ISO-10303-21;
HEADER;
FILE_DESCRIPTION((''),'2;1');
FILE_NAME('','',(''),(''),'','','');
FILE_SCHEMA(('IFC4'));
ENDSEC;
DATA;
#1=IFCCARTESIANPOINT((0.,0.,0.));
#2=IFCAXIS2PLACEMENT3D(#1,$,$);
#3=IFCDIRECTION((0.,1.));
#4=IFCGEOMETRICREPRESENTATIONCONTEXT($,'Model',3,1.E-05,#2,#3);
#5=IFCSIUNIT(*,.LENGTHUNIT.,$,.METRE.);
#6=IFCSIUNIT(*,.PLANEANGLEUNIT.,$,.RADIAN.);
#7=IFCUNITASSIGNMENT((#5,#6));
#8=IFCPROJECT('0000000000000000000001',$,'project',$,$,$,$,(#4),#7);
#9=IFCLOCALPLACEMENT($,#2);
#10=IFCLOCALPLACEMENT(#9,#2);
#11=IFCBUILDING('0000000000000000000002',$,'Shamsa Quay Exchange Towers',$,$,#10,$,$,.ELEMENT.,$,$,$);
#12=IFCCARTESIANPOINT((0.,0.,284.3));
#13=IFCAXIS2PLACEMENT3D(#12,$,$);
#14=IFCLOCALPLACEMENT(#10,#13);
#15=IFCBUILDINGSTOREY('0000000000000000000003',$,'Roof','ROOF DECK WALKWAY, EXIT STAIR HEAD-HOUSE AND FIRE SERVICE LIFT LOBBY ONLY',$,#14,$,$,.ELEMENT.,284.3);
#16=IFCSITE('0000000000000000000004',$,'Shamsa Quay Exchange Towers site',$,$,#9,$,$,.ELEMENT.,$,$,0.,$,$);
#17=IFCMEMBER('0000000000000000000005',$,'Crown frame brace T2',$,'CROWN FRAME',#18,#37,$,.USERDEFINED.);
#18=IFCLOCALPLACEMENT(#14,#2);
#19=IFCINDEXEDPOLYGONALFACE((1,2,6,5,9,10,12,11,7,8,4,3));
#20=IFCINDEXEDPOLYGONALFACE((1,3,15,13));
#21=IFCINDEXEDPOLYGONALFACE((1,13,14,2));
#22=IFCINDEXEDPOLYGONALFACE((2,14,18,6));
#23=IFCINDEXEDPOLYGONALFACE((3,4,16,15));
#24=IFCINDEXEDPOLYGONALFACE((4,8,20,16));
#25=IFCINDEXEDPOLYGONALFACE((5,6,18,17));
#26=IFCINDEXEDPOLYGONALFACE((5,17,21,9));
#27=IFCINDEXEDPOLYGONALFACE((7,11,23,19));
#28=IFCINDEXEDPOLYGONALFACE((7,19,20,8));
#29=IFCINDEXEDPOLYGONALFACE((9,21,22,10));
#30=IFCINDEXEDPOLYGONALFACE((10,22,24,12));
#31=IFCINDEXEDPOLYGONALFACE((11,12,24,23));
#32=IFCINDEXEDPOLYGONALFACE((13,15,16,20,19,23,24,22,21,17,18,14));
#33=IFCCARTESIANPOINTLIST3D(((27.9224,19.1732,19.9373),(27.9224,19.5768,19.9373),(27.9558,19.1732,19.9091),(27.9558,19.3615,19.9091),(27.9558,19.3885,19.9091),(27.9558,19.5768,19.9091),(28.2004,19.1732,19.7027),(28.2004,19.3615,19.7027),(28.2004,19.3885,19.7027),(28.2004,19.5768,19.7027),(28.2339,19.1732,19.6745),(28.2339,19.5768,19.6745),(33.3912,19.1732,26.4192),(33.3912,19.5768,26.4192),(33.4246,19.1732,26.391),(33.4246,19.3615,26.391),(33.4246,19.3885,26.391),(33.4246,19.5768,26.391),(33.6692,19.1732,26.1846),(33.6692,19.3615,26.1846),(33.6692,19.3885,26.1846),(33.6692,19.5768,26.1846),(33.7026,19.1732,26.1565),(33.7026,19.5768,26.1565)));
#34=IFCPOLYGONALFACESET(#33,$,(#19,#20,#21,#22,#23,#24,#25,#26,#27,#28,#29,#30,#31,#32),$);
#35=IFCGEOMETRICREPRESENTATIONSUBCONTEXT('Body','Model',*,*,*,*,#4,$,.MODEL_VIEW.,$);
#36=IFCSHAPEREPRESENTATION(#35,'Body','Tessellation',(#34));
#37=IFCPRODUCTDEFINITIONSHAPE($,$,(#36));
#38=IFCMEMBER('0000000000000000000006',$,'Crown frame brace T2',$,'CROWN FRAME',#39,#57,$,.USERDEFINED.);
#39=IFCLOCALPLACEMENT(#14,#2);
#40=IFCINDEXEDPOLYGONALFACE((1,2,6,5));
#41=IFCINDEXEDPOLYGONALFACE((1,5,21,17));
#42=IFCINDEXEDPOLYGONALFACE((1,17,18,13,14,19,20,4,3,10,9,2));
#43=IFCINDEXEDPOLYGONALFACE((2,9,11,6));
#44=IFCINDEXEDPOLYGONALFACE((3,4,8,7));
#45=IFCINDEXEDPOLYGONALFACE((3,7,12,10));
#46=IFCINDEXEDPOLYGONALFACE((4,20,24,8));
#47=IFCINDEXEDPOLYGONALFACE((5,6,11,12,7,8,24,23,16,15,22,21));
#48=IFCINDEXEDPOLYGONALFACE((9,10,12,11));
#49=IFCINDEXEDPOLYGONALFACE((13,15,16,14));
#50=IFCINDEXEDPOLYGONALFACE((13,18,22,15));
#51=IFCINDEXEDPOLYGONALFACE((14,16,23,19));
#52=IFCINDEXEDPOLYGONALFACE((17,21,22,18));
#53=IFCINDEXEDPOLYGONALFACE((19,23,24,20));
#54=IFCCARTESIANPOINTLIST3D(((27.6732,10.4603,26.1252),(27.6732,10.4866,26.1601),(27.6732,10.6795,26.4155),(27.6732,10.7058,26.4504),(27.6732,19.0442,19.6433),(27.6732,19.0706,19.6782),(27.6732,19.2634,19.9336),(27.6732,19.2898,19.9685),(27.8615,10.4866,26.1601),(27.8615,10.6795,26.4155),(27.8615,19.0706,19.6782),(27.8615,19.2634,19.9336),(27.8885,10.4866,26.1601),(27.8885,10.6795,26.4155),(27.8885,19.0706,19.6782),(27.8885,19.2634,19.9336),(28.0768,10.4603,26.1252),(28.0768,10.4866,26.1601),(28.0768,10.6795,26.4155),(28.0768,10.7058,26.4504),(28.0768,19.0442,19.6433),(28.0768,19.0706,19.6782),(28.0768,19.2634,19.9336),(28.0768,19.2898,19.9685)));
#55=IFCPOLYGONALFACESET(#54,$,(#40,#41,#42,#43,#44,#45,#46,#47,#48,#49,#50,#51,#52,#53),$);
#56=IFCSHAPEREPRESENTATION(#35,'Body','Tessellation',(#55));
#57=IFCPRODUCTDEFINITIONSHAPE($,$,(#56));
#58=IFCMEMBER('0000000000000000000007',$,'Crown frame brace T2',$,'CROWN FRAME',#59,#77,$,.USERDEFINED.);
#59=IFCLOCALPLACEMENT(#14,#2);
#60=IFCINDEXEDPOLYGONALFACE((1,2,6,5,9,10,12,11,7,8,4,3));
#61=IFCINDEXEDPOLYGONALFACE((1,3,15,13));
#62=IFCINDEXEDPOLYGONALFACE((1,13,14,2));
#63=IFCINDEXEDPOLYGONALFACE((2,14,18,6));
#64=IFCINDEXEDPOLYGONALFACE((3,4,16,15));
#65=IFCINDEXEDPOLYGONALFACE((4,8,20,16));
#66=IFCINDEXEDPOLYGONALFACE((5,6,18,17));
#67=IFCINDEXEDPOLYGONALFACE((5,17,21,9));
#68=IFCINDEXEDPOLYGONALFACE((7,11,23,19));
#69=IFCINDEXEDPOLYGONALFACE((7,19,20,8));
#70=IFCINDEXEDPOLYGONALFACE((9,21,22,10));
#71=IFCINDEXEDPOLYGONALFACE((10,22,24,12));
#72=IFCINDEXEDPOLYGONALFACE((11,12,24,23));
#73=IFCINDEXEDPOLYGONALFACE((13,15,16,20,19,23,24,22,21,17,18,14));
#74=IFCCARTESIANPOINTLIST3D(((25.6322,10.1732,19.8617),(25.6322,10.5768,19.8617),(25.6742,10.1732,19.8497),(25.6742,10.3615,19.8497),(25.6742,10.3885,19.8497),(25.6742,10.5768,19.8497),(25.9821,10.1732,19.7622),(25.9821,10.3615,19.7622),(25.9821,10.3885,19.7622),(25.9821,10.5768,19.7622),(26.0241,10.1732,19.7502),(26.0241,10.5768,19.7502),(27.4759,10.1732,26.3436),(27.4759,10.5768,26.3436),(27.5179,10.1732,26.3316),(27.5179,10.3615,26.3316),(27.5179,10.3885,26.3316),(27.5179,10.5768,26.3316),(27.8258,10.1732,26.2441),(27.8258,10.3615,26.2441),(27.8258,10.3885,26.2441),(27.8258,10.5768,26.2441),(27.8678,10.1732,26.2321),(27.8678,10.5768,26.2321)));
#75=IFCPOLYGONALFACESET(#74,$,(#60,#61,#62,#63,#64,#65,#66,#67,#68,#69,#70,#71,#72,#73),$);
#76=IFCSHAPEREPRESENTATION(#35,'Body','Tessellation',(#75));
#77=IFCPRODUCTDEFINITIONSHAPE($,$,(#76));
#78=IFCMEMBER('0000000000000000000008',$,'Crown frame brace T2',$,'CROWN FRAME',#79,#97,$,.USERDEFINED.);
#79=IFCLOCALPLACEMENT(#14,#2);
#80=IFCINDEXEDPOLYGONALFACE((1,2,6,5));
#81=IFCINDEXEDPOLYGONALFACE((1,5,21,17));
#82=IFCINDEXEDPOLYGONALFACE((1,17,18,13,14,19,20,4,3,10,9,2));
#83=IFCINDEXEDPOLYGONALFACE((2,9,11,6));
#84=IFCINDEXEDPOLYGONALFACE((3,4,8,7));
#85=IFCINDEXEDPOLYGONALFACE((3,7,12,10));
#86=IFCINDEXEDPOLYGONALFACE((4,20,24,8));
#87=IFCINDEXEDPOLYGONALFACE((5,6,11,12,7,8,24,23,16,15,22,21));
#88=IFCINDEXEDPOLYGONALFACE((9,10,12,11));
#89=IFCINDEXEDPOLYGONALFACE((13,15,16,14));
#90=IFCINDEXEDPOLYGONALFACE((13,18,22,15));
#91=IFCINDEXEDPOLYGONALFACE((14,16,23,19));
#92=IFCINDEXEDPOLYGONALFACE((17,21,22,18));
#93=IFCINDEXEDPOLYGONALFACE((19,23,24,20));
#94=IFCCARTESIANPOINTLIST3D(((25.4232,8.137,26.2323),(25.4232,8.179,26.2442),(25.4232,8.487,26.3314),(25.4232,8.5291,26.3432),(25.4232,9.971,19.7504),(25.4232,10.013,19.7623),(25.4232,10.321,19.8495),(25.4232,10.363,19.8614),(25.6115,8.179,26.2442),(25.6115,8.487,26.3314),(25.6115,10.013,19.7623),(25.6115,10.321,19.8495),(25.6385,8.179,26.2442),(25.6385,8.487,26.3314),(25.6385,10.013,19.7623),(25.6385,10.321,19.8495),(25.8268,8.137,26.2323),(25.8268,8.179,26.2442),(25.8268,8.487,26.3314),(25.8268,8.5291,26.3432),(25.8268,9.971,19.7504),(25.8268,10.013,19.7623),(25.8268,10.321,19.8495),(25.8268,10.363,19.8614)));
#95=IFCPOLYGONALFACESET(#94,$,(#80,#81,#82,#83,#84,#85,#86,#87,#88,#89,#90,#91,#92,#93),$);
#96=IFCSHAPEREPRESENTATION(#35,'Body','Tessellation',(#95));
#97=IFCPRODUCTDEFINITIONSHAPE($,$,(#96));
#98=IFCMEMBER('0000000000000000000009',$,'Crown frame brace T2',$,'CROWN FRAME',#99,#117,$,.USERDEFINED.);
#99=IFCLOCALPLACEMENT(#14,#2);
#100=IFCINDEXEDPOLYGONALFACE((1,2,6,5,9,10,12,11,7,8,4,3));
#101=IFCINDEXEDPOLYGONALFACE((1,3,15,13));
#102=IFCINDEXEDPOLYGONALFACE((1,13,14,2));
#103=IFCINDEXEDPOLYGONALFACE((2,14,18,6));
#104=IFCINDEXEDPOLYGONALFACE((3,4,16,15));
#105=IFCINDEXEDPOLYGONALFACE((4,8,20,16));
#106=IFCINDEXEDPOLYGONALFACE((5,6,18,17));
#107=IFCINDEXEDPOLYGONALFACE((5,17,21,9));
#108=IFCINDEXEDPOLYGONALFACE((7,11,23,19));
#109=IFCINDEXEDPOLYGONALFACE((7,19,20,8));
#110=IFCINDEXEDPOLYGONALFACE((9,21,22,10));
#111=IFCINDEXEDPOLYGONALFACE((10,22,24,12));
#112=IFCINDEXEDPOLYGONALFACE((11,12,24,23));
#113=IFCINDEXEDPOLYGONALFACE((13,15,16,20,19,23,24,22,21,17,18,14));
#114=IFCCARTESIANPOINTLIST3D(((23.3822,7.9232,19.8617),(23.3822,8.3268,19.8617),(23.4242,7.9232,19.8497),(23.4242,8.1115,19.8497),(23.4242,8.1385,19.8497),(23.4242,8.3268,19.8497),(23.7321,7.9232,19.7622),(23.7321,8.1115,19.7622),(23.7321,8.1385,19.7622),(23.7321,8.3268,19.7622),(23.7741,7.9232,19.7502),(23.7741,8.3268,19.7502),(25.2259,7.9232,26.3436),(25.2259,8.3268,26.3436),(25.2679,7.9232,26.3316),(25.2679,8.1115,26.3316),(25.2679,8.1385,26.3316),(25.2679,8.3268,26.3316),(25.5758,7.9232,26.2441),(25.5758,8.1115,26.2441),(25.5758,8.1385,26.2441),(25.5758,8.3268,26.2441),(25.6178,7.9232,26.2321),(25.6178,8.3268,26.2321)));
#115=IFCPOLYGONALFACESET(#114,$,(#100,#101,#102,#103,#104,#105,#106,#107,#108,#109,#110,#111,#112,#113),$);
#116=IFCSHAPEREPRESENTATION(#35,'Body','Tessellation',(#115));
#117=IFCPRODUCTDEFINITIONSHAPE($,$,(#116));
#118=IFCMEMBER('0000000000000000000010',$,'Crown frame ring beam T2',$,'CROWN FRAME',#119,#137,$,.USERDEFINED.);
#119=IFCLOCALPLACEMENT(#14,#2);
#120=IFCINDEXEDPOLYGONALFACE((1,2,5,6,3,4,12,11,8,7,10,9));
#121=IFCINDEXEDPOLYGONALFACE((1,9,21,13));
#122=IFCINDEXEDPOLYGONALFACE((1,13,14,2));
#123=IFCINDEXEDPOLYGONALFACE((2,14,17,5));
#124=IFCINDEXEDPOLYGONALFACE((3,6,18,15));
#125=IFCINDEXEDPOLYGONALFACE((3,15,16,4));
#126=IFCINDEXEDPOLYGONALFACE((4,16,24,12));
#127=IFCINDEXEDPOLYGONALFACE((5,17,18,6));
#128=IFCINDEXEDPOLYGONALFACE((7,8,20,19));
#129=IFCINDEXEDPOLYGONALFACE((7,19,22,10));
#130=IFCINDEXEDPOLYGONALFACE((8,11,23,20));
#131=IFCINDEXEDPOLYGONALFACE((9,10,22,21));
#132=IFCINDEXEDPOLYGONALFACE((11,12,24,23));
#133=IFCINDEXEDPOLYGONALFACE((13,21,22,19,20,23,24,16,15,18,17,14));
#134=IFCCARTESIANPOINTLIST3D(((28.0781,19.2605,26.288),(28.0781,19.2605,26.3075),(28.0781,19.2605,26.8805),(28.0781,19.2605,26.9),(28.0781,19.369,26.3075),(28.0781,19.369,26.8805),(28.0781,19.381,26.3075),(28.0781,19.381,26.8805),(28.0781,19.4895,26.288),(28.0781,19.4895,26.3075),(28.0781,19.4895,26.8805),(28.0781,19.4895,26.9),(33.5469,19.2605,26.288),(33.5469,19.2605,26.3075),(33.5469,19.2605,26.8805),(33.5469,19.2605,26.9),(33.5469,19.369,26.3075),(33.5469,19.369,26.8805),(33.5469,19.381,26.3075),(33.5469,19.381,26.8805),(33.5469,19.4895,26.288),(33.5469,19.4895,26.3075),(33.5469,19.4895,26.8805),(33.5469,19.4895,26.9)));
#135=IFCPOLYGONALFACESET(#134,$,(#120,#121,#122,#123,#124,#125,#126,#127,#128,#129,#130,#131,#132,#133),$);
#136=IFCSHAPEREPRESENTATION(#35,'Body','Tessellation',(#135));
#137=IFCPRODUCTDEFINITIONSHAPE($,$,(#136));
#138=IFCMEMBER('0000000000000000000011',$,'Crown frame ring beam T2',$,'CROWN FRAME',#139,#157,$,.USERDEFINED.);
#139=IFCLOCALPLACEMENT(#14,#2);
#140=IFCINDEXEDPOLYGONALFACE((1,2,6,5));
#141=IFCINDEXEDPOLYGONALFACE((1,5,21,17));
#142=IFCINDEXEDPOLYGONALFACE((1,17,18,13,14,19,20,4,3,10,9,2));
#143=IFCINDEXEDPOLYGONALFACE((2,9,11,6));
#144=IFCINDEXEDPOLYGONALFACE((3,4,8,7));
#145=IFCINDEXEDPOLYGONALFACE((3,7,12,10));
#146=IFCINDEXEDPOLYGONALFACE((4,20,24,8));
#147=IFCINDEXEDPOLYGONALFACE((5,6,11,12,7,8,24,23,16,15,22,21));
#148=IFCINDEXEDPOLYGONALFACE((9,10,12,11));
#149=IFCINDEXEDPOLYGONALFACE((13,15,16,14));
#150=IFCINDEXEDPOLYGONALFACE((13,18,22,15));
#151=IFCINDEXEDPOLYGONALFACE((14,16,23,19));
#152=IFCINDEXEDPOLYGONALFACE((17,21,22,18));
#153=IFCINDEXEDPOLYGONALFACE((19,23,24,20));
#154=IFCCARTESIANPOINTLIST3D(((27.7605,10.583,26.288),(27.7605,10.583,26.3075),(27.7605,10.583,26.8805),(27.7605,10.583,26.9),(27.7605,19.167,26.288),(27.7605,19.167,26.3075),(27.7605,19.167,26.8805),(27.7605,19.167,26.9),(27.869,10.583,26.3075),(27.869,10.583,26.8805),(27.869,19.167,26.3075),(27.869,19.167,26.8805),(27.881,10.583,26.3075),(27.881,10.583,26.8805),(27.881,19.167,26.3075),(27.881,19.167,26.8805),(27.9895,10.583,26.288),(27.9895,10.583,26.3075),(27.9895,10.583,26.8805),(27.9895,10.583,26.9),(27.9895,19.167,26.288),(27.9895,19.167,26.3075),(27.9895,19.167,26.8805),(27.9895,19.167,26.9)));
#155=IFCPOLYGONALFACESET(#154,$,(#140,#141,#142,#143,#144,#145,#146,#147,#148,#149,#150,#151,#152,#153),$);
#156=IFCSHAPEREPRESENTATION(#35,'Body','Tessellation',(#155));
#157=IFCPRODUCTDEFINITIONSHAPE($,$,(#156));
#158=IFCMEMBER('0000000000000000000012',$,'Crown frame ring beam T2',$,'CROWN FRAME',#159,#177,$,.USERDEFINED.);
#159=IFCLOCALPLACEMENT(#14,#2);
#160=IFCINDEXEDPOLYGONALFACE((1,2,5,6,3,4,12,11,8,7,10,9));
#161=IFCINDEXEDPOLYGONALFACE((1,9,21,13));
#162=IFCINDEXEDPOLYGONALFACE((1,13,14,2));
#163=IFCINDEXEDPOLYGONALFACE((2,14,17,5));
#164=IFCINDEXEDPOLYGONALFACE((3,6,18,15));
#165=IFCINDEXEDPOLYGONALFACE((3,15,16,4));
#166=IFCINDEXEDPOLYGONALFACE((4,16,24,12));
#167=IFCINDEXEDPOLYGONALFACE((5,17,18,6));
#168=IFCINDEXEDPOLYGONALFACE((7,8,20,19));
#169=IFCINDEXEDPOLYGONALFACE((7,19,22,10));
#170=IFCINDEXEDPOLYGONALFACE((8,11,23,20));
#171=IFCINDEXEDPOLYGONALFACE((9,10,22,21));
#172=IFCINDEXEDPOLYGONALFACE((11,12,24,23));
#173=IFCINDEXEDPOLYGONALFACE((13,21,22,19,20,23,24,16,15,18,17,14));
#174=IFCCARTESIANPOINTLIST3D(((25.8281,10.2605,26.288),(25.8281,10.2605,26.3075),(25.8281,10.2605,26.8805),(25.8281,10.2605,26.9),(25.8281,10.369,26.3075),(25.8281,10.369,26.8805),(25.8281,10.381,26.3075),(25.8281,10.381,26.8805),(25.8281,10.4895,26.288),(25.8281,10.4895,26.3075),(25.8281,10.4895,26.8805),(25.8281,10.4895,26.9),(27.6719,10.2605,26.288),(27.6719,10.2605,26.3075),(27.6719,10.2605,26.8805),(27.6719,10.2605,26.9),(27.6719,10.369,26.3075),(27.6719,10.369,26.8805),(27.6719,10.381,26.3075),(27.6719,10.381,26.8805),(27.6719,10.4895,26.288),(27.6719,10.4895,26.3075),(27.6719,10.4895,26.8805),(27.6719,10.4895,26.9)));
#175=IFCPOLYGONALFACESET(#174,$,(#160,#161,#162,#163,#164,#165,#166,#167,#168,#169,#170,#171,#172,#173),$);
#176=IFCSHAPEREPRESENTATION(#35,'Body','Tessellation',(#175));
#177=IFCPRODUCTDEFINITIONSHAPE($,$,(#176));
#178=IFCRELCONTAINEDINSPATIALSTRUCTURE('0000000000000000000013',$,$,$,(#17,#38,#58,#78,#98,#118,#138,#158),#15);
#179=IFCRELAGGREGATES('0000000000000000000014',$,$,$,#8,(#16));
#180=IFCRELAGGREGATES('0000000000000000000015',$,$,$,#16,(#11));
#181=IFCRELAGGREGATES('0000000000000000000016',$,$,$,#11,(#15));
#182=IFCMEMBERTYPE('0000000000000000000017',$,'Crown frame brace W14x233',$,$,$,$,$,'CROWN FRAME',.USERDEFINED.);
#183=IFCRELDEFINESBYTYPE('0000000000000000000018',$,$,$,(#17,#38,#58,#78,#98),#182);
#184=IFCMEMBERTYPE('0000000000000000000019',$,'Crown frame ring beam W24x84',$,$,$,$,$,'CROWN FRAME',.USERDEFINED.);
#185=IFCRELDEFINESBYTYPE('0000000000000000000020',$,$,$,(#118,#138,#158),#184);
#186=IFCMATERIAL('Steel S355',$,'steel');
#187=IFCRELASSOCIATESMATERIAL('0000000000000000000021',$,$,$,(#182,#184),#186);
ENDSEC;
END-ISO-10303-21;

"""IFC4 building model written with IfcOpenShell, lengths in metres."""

from ifc_helpers import new_model, si_unit, direction, frame, origin, origin_2d, place, context, subcontext, project, spatial, i_section, extrude, material, material_profile, profile_set, type_object, element, save


model = new_model("IFC4")

# Units and contexts
model_context = context("Model", 3, precision=1e-05, world=origin(), true_north=direction((0.0, 1.0)))
body_context = subcontext(model_context, "Body", "Model", "MODEL_VIEW")
ifc_project = project(units=[si_unit("LENGTHUNIT", "METRE"), si_unit("PLANEANGLEUNIT", "RADIAN")], contexts=[model_context])

# Site, building, storey
site_placement = place(None, origin())
site = spatial("IfcSite", under=ifc_project, at=site_placement, Name="Shamsa Quay Exchange Towers site", CompositionType="ELEMENT", RefElevation=0.0)
building_placement = place(site_placement, origin())
building = spatial("IfcBuilding", under=site, at=building_placement, Name="Shamsa Quay Exchange Towers", CompositionType="ELEMENT")
storey_placement = place(building_placement, frame((0.0, 0.0, 284.3)))
storey = spatial("IfcBuildingStorey", under=building, at=storey_placement, Name="Roof", Description="ROOF DECK WALKWAY, EXIT STAIR HEAD-HOUSE AND FIRE SERVICE LIFT LOBBY ONLY", CompositionType="ELEMENT", Elevation=284.3)

# Members
ifc_material_1 = material(Name="Steel S355", Category="steel")
ifc_material_profile_1 = material_profile(ifc_material_1, i_section(OverallWidth=0.4036, OverallDepth=0.4075, WebThickness=0.0271, FlangeThickness=0.0437, at=origin_2d()), Name="W14x233")
ifc_profile_set_1 = profile_set([ifc_material_profile_1], Name="Steel S355")
member_type_1 = type_object("IfcMemberType", Name="Crown frame brace W14x233", ElementType="CROWN FRAME", PredefinedType="USERDEFINED", material=ifc_profile_set_1)
member_1_placement = place(storey_placement, frame((33.5469, 19.375, 26.2878), z_axis=(-0.644845, 0.0, -0.764314), x_axis=(0.0, -1.0, 0.0)))
element("IfcMember", 1, at=member_1_placement, inside=storey, type_object=member_type_1, Name="Crown frame brace T2", ObjectType="CROWN FRAME", PredefinedType="USERDEFINED", context=body_context, shape_type="SweptSolid", body=[
    extrude(i_section(OverallWidth=0.4036, OverallDepth=0.4075, WebThickness=0.0271, FlangeThickness=0.0437, at=origin_2d()), origin(), (0.0, 0.0, 1.0), 8.4807),
])
member_2_placement = place(storey_placement, frame((27.875, 19.167, 19.8059), z_axis=(0.0, -0.798035, 0.602612), x_axis=(1.0, 0.0, 0.0)))
element("IfcMember", 2, at=member_2_placement, inside=storey, type_object=member_type_1, Name="Crown frame brace T2", ObjectType="CROWN FRAME", PredefinedType="USERDEFINED", context=body_context, shape_type="SweptSolid", body=[
    extrude(i_section(OverallWidth=0.4036, OverallDepth=0.4075, WebThickness=0.0271, FlangeThickness=0.0437, at=origin_2d()), origin(), (0.0, 0.0, 1.0), 10.7563),
])
member_3_placement = place(storey_placement, frame((27.6719, 10.375, 26.2878), z_axis=(-0.273592, 0.0, -0.961846), x_axis=(0.0, -1.0, 0.0)))
element("IfcMember", 3, at=member_3_placement, inside=storey, type_object=member_type_1, Name="Crown frame brace T2", ObjectType="CROWN FRAME", PredefinedType="USERDEFINED", context=body_context, shape_type="SweptSolid", body=[
    extrude(i_section(OverallWidth=0.4036, OverallDepth=0.4075, WebThickness=0.0271, FlangeThickness=0.0437, at=origin_2d()), origin(), (0.0, 0.0, 1.0), 6.739),
])
member_4_placement = place(storey_placement, frame((25.625, 10.167, 19.8059), z_axis=(0.0, -0.27225, 0.962226), x_axis=(1.0, 0.0, 0.0)))
element("IfcMember", 4, at=member_4_placement, inside=storey, type_object=member_type_1, Name="Crown frame brace T2", ObjectType="CROWN FRAME", PredefinedType="USERDEFINED", context=body_context, shape_type="SweptSolid", body=[
    extrude(i_section(OverallWidth=0.4036, OverallDepth=0.4075, WebThickness=0.0271, FlangeThickness=0.0437, at=origin_2d()), origin(), (0.0, 0.0, 1.0), 6.7363),
])
member_5_placement = place(storey_placement, frame((25.4219, 8.125, 26.2878), z_axis=(-0.273592, 0.0, -0.961846), x_axis=(0.0, -1.0, 0.0)))
element("IfcMember", 5, at=member_5_placement, inside=storey, type_object=member_type_1, Name="Crown frame brace T2", ObjectType="CROWN FRAME", PredefinedType="USERDEFINED", context=body_context, shape_type="SweptSolid", body=[
    extrude(i_section(OverallWidth=0.4036, OverallDepth=0.4075, WebThickness=0.0271, FlangeThickness=0.0437, at=origin_2d()), origin(), (0.0, 0.0, 1.0), 6.739),
])
ifc_material_profile_2 = material_profile(ifc_material_1, i_section(OverallWidth=0.229, OverallDepth=0.6121, WebThickness=0.012, FlangeThickness=0.0195, at=origin_2d()), Name="W24x84")
ifc_profile_set_2 = profile_set([ifc_material_profile_2], Name="Steel S355")
member_type_2 = type_object("IfcMemberType", Name="Crown frame ring beam W24x84", ElementType="CROWN FRAME", PredefinedType="USERDEFINED", material=ifc_profile_set_2)
member_6_placement = place(storey_placement, frame((33.5469, 19.375, 26.594), z_axis=(-1.0, 0.0, 0.0), x_axis=(0.0, -1.0, 0.0)))
element("IfcMember", 6, at=member_6_placement, inside=storey, type_object=member_type_2, Name="Crown frame ring beam T2", ObjectType="CROWN FRAME", PredefinedType="USERDEFINED", context=body_context, shape_type="SweptSolid", body=[
    extrude(i_section(OverallWidth=0.229, OverallDepth=0.6121, WebThickness=0.012, FlangeThickness=0.0195, at=origin_2d()), origin(), (0.0, 0.0, 1.0), 5.4688),
])
member_7_placement = place(storey_placement, frame((27.875, 19.167, 26.594), z_axis=(0.0, -1.0, 0.0), x_axis=(1.0, 0.0, 0.0)))
element("IfcMember", 7, at=member_7_placement, inside=storey, type_object=member_type_2, Name="Crown frame ring beam T2", ObjectType="CROWN FRAME", PredefinedType="USERDEFINED", context=body_context, shape_type="SweptSolid", body=[
    extrude(i_section(OverallWidth=0.229, OverallDepth=0.6121, WebThickness=0.012, FlangeThickness=0.0195, at=origin_2d()), origin(), (0.0, 0.0, 1.0), 8.584),
])
member_8_placement = place(storey_placement, frame((27.6719, 10.375, 26.594), z_axis=(-1.0, 0.0, 0.0), x_axis=(0.0, -1.0, 0.0)))
element("IfcMember", 8, at=member_8_placement, inside=storey, type_object=member_type_2, Name="Crown frame ring beam T2", ObjectType="CROWN FRAME", PredefinedType="USERDEFINED", context=body_context, shape_type="SweptSolid", body=[
    extrude(i_section(OverallWidth=0.229, OverallDepth=0.6121, WebThickness=0.012, FlangeThickness=0.0195, at=origin_2d()), origin(), (0.0, 0.0, 1.0), 1.8438),
])

save(model, "model.ifc")
